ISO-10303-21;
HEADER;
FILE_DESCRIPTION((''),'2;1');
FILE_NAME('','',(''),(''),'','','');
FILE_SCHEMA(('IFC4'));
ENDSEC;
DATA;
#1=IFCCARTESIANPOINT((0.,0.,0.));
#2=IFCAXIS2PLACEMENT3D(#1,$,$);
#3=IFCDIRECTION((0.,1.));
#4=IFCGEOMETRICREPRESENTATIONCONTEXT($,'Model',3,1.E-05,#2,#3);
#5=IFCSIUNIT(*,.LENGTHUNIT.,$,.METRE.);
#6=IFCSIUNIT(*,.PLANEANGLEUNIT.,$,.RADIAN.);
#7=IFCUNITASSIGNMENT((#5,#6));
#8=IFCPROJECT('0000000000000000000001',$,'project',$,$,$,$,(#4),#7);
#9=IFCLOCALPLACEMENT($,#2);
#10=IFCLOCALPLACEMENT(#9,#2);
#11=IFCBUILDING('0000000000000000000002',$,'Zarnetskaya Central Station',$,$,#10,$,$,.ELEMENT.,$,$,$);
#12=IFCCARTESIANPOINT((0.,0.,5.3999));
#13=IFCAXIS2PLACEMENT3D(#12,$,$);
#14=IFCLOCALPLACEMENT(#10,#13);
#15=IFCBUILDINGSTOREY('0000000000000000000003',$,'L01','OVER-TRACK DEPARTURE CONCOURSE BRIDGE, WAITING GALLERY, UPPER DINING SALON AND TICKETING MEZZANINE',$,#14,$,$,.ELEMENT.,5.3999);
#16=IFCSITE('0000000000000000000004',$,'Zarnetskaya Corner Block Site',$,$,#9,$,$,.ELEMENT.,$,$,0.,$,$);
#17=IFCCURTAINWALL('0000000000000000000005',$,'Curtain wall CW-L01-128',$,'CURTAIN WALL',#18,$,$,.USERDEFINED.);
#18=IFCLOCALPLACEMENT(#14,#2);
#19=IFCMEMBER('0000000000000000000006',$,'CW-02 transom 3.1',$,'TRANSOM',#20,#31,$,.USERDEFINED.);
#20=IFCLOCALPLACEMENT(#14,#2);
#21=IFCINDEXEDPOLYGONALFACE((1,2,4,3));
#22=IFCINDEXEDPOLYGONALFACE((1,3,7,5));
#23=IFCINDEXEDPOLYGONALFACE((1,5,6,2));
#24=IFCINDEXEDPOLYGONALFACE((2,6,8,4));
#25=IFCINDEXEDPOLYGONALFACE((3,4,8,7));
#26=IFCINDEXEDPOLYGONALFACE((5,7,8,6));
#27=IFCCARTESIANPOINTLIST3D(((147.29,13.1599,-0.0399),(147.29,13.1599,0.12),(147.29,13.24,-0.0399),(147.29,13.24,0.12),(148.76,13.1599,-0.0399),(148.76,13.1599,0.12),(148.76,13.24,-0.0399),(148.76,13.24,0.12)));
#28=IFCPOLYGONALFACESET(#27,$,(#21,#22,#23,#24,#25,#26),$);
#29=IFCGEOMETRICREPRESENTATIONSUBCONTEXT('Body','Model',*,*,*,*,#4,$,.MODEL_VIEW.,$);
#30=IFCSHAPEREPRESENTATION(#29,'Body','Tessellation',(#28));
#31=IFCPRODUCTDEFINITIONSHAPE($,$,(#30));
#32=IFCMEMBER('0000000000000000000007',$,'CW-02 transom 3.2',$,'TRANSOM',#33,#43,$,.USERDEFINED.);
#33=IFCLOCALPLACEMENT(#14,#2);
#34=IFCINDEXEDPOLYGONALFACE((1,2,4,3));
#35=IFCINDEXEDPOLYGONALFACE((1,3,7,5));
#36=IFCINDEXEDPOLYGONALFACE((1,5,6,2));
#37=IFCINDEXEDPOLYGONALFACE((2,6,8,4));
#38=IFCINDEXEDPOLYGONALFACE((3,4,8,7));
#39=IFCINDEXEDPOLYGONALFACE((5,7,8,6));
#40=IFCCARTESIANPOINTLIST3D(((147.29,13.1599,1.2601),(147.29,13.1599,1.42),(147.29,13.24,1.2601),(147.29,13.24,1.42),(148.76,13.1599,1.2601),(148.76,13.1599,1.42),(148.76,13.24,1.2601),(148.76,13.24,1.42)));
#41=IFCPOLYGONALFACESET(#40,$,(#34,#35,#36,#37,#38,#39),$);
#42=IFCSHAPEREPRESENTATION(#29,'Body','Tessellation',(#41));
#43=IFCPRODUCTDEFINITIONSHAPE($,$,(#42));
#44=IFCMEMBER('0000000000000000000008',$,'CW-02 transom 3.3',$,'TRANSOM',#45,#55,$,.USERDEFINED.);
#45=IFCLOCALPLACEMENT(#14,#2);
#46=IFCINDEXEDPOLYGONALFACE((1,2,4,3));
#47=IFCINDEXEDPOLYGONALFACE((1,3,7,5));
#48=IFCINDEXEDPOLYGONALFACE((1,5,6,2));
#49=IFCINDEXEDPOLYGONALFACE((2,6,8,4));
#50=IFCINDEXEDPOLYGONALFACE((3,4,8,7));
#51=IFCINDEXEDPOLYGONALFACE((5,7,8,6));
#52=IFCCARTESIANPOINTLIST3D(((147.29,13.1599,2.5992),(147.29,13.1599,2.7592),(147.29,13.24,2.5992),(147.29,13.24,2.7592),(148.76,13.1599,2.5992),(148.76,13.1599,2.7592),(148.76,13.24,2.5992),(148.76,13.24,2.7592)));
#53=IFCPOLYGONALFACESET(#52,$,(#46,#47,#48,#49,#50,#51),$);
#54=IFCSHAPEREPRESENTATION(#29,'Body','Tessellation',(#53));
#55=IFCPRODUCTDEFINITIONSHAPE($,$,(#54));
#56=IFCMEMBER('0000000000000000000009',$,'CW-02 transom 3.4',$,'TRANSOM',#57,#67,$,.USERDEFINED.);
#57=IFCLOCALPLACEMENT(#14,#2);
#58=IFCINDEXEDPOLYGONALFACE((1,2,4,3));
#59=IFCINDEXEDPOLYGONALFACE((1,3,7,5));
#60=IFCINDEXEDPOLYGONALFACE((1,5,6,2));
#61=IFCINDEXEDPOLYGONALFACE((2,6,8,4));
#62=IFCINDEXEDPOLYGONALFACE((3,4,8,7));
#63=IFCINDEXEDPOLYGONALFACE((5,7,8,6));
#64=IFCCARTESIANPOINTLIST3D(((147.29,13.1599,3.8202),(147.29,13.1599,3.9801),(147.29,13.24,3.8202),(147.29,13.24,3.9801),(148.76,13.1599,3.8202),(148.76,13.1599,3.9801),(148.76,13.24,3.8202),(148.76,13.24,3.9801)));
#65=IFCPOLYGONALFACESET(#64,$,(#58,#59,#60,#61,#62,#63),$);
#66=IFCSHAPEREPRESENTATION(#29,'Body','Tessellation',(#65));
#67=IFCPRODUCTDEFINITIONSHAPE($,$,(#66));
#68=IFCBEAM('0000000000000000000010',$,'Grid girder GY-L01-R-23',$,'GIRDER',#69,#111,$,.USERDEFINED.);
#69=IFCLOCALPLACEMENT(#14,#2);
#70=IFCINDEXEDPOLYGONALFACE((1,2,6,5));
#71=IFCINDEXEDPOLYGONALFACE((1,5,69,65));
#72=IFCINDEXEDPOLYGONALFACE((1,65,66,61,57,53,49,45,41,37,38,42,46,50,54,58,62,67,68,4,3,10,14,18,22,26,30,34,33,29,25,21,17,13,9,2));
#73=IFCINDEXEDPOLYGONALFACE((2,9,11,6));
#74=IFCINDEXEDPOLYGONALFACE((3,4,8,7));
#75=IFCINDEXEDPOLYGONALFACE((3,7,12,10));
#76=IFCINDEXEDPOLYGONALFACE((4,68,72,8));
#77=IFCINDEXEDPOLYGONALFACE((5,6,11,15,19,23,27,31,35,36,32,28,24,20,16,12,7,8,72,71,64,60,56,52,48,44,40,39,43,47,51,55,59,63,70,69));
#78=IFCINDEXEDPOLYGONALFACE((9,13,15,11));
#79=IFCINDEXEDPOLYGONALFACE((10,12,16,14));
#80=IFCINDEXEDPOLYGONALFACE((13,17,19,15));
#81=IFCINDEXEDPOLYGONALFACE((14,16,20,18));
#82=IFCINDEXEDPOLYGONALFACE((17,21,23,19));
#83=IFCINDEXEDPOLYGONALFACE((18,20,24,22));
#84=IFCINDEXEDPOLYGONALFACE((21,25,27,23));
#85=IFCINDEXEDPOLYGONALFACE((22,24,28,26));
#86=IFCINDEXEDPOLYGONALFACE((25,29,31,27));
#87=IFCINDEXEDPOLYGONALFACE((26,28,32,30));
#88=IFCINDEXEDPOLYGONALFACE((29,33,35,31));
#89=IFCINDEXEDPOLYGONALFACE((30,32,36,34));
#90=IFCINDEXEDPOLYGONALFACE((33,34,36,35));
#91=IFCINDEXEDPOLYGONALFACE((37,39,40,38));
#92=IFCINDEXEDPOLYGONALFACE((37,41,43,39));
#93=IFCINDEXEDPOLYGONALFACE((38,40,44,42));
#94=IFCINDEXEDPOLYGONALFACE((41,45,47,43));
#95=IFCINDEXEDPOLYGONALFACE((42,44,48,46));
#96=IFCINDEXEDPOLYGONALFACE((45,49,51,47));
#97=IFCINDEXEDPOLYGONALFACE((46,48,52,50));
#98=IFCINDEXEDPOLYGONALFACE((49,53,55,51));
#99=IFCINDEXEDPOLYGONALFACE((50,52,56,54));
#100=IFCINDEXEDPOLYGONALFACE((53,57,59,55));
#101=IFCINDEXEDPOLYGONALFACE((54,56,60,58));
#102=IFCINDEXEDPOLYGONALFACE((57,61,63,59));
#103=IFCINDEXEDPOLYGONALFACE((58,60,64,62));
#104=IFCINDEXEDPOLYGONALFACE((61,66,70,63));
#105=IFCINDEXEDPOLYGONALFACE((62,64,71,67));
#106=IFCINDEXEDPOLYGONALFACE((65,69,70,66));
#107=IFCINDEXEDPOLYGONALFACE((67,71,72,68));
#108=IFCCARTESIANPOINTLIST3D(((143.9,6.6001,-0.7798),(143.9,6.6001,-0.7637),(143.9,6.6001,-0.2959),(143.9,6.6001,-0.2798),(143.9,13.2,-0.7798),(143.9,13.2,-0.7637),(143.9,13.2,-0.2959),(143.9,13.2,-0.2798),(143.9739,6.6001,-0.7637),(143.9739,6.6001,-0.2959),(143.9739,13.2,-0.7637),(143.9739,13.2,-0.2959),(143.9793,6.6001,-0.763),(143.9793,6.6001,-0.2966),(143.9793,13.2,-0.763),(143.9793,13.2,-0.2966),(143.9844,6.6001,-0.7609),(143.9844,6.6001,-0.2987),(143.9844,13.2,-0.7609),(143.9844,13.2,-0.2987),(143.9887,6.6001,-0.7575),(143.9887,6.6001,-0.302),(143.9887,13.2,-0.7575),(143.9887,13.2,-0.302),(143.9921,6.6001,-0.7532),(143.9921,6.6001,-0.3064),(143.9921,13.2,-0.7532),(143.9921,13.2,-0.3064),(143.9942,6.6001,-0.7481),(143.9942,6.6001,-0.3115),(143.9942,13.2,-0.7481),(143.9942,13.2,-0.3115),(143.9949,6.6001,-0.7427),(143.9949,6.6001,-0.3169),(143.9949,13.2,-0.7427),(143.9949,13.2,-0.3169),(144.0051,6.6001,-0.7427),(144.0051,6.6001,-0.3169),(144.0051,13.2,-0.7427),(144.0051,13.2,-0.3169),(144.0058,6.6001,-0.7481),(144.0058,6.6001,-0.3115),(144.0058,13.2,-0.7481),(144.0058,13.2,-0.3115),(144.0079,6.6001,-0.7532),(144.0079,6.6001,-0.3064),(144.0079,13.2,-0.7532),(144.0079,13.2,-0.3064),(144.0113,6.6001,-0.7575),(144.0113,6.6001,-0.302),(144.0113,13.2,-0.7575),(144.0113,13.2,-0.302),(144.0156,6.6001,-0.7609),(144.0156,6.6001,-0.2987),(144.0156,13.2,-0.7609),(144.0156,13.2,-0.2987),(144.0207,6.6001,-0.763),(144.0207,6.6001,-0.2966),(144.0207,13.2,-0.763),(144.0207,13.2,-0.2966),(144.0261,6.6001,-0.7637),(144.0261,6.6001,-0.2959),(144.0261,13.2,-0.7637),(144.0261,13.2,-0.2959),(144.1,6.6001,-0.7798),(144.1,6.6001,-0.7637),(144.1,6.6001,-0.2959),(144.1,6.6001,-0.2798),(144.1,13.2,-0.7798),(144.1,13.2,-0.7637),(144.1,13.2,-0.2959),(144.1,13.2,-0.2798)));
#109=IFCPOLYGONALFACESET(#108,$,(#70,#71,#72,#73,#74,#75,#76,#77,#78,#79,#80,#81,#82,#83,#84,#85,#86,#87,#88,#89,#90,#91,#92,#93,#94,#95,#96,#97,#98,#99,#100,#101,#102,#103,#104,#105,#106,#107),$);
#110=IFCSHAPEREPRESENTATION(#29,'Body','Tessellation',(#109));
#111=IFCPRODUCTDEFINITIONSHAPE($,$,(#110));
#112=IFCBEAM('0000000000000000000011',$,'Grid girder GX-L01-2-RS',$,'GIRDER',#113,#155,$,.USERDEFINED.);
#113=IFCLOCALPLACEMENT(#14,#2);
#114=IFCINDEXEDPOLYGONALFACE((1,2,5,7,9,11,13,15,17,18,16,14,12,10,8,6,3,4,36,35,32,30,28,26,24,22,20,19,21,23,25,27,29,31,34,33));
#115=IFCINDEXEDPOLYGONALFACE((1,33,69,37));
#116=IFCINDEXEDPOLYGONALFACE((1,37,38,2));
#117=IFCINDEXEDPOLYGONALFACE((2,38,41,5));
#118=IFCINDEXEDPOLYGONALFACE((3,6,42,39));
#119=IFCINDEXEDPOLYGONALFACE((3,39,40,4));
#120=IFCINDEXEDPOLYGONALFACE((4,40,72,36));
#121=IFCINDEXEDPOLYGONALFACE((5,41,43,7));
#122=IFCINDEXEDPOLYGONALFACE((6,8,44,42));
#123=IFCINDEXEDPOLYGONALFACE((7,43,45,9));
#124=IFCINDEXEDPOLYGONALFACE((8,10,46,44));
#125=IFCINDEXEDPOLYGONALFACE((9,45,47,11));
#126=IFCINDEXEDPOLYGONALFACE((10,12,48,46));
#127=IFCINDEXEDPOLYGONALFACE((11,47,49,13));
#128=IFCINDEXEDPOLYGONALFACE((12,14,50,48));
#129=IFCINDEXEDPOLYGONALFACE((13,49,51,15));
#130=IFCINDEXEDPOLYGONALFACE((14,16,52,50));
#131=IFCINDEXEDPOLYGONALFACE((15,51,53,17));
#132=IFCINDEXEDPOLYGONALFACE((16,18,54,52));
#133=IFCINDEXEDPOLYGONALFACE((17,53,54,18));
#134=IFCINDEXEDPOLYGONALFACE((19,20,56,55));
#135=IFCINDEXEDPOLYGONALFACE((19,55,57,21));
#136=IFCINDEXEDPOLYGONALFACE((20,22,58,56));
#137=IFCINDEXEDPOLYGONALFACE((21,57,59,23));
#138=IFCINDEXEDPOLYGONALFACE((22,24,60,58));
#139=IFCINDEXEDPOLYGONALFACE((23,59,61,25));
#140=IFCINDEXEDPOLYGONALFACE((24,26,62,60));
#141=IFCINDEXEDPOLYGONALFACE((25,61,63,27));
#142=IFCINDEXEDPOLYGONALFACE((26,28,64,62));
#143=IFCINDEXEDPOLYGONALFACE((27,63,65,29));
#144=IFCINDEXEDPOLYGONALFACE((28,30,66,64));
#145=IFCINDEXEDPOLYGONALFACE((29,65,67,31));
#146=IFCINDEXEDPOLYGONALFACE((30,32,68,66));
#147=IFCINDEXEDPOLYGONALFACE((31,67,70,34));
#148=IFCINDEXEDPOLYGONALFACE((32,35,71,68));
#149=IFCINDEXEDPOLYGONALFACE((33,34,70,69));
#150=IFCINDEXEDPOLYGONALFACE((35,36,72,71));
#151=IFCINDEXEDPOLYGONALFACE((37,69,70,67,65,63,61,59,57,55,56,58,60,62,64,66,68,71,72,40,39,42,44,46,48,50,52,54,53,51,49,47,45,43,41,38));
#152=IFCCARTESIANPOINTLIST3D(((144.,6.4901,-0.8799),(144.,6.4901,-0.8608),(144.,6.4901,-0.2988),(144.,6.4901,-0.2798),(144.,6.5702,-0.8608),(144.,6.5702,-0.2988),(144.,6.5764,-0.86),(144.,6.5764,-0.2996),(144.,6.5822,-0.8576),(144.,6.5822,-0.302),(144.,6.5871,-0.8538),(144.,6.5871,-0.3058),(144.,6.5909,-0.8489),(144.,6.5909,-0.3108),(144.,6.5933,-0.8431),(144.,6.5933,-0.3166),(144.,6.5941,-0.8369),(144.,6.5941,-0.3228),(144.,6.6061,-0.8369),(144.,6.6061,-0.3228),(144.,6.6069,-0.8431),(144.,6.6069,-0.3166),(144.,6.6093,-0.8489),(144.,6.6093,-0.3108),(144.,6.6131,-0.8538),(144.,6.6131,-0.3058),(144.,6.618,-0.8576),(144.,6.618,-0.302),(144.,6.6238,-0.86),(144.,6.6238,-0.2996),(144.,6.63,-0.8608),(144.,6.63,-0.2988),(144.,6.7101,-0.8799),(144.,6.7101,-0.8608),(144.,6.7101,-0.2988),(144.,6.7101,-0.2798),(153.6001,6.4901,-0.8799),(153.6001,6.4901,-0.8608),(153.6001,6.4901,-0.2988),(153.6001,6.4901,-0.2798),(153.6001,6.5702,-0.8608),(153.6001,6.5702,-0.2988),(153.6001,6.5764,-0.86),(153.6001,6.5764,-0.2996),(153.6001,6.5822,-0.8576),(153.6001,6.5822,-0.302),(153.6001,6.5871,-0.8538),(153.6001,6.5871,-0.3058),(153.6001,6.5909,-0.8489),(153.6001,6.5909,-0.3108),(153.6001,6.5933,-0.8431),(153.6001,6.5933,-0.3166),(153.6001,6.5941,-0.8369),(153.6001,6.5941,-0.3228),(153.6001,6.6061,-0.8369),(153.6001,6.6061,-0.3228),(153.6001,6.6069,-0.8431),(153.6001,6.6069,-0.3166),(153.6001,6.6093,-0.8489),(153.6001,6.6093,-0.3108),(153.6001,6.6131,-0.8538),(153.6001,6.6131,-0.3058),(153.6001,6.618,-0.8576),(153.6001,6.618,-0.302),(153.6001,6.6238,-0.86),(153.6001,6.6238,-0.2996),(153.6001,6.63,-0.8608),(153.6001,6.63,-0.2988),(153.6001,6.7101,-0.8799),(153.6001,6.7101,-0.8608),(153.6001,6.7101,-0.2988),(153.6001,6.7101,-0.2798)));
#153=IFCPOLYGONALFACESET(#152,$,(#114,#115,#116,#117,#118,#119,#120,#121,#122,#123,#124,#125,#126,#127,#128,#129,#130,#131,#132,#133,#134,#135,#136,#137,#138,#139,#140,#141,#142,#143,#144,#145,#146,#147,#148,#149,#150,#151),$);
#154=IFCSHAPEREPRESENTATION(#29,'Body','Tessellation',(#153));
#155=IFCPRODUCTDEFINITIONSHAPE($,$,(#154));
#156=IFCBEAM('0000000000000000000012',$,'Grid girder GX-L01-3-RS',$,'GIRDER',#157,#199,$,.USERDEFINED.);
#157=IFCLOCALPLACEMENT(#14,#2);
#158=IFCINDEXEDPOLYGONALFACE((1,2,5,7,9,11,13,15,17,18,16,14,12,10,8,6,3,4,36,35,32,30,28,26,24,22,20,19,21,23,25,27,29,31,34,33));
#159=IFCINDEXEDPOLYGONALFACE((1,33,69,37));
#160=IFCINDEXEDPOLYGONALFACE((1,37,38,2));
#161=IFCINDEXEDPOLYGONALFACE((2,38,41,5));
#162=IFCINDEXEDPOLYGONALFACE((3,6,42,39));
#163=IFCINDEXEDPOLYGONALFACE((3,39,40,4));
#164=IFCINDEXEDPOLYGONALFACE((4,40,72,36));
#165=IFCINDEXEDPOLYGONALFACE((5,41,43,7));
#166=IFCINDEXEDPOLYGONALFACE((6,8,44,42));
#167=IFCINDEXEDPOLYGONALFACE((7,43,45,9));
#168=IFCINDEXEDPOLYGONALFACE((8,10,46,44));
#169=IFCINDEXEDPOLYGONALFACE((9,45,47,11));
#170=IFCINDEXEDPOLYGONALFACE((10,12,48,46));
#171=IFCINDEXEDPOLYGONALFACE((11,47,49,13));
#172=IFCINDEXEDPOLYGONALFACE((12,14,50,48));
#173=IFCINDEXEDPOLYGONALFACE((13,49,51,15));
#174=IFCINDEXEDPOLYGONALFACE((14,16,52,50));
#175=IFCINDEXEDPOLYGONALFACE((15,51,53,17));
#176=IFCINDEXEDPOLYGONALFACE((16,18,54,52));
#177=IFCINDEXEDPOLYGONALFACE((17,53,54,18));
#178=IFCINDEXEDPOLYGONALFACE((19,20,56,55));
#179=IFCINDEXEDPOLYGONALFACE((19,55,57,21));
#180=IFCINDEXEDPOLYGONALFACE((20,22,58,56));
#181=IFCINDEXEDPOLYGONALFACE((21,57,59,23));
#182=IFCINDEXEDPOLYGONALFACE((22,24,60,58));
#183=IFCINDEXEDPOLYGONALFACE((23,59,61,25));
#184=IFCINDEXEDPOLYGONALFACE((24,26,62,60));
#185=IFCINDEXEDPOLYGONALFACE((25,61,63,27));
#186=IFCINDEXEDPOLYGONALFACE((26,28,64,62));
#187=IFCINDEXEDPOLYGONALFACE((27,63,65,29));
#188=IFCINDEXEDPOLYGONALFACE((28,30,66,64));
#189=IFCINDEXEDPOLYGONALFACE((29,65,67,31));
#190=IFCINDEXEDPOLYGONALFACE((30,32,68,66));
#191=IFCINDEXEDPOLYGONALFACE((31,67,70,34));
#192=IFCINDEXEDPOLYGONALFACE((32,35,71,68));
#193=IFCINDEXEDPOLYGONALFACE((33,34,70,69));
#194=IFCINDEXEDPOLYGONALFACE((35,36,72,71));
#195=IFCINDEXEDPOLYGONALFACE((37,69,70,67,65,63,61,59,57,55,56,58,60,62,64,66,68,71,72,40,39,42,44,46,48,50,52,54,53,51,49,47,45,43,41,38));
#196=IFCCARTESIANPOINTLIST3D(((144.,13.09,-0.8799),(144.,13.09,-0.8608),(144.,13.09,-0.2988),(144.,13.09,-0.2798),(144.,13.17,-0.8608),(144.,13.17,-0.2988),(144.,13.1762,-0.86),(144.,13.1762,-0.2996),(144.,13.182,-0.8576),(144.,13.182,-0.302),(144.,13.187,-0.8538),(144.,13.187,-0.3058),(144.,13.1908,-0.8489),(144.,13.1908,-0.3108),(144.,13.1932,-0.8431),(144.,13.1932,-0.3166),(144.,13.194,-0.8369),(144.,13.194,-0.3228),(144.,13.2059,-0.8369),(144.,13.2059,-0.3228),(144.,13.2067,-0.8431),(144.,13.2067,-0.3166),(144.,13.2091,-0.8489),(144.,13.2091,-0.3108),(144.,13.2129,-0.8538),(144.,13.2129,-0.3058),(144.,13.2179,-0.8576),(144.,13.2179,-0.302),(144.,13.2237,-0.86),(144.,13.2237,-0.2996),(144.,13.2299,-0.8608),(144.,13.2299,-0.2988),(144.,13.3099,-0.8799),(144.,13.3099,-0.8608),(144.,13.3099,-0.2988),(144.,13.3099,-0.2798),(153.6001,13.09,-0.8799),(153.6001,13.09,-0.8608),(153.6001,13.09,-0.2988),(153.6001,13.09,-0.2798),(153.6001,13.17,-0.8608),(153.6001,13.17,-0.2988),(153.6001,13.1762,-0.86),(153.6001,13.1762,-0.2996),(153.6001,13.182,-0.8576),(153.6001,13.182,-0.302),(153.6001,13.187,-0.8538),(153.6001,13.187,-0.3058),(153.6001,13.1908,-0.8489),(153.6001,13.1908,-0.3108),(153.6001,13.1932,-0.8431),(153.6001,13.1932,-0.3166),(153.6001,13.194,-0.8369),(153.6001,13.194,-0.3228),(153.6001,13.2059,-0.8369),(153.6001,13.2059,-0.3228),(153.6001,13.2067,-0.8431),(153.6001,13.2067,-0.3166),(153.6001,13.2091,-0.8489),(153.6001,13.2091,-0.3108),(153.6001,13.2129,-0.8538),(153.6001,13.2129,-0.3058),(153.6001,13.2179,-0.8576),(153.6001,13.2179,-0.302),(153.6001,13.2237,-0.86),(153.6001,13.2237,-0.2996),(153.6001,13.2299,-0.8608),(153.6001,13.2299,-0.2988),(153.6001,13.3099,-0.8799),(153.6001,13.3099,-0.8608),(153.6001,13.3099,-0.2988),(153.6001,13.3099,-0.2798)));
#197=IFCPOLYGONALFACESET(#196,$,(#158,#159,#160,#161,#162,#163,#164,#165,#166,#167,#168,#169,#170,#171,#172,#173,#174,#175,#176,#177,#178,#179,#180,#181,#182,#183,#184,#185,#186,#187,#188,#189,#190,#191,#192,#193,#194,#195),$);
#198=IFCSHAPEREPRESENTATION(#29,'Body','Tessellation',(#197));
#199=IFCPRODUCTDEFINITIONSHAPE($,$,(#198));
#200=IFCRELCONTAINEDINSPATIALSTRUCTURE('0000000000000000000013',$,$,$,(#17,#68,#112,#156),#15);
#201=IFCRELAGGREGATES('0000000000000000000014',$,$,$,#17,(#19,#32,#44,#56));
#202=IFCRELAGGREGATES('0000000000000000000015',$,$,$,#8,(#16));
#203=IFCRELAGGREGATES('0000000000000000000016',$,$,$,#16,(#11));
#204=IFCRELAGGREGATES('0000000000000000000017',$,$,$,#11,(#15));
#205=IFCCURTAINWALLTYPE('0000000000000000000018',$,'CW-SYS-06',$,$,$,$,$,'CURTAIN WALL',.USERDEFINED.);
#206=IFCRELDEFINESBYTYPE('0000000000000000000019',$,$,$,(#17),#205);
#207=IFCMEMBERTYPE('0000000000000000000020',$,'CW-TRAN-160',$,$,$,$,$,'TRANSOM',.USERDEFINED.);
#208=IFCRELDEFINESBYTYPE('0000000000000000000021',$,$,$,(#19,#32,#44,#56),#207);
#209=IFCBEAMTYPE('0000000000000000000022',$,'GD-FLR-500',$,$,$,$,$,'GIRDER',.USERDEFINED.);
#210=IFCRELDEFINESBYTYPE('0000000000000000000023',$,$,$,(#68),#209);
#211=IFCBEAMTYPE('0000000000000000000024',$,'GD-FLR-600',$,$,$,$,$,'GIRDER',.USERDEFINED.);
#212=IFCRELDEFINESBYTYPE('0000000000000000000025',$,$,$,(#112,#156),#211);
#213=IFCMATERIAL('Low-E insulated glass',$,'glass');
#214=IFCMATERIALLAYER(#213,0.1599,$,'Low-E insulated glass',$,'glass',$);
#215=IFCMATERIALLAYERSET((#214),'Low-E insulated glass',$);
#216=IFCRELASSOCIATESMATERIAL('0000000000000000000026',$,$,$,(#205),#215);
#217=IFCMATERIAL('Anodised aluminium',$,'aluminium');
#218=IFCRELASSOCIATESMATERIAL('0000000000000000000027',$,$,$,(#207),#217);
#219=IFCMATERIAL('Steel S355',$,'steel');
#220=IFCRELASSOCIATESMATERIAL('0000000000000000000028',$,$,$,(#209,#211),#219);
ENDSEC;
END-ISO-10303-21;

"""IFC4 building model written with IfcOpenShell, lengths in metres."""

from ifc_helpers import new_model, si_unit, direction, frame, origin, origin_2d, place, context, subcontext, project, spatial, rectangle, i_section, extrude, material, layer, layer_set, material_profile, profile_set, type_object, element, aggregate, save


model = new_model("IFC4")

# Units and contexts
model_context = context("Model", 3, precision=1e-05, world=origin(), true_north=direction((0.0, 1.0)))
body_context = subcontext(model_context, "Body", "Model", "MODEL_VIEW")
ifc_project = project(units=[si_unit("LENGTHUNIT", "METRE"), si_unit("PLANEANGLEUNIT", "RADIAN")], contexts=[model_context])

# Site, building, storey
site_placement = place(None, origin())
site = spatial("IfcSite", under=ifc_project, at=site_placement, Name="Zarnetskaya Corner Block Site", CompositionType="ELEMENT", RefElevation=0.0)
building_placement = place(site_placement, origin())
building = spatial("IfcBuilding", under=site, at=building_placement, Name="Zarnetskaya Central Station", CompositionType="ELEMENT")
storey_placement = place(building_placement, frame((0.0, 0.0, 5.3999)))
storey = spatial("IfcBuildingStorey", under=building, at=storey_placement, Name="L01", Description="OVER-TRACK DEPARTURE CONCOURSE BRIDGE, WAITING GALLERY, UPPER DINING SALON AND TICKETING MEZZANINE", CompositionType="ELEMENT", Elevation=5.3999)

# Shared definitions
ifc_material_1 = material(Name="Steel S355", Category="steel")

# Curtain wall
ifc_material_2 = material(Name="Low-E insulated glass", Category="glass")
ifc_layer_1 = layer(ifc_material_2, 0.1599, Name="Low-E insulated glass", Category="glass")
ifc_layer_set_1 = layer_set([ifc_layer_1], Name="Low-E insulated glass")
curtain_wall_type = type_object("IfcCurtainWallType", Name="CW-SYS-06", ElementType="CURTAIN WALL", PredefinedType="USERDEFINED", material=ifc_layer_set_1)
ifc_material_3 = material(Name="Anodised aluminium", Category="aluminium")
curtain_wall_1_placement = place(storey_placement, origin())
curtain_wall_1 = element("IfcCurtainWall", 1, at=curtain_wall_1_placement, inside=storey, type_object=curtain_wall_type, Name="Curtain wall CW-L01-128", ObjectType="CURTAIN WALL", PredefinedType="USERDEFINED")

# Members
ifc_material_profile_1 = material_profile(ifc_material_3, rectangle(XDim=0.0801, YDim=0.1599, at=origin_2d()), Name="ALU TRAN 80x160")
ifc_profile_set_1 = profile_set([ifc_material_profile_1], Name="Anodised aluminium")
member_type_1 = type_object("IfcMemberType", Name="CW-TRAN-160", ElementType="TRANSOM", PredefinedType="USERDEFINED", material=ifc_profile_set_1)
member_1_placement = place(storey_placement, frame((147.29, 13.2, 0.04), z_axis=(1.0, 0.0, 0.0), x_axis=(0.0, 1.0, 0.0)))
member_1 = element("IfcMember", 2, at=member_1_placement, type_object=member_type_1, Name="CW-02 transom 3.1", ObjectType="TRANSOM", PredefinedType="USERDEFINED", context=body_context, shape_type="SweptSolid", body=[
    extrude(rectangle(XDim=0.0801, YDim=0.1599, at=origin_2d()), origin(), (0.0, 0.0, 1.0), 1.47),
])
member_2_placement = place(storey_placement, frame((147.29, 13.2, 1.3401), z_axis=(1.0, 0.0, 0.0), x_axis=(0.0, 1.0, 0.0)))
member_2 = element("IfcMember", 3, at=member_2_placement, type_object=member_type_1, Name="CW-02 transom 3.2", ObjectType="TRANSOM", PredefinedType="USERDEFINED", context=body_context, shape_type="SweptSolid", body=[
    extrude(rectangle(XDim=0.0801, YDim=0.1599, at=origin_2d()), origin(), (0.0, 0.0, 1.0), 1.47),
])
member_3_placement = place(storey_placement, frame((147.29, 13.2, 2.6792), z_axis=(1.0, 0.0, 0.0), x_axis=(0.0, 1.0, 0.0)))
member_3 = element("IfcMember", 4, at=member_3_placement, type_object=member_type_1, Name="CW-02 transom 3.3", ObjectType="TRANSOM", PredefinedType="USERDEFINED", context=body_context, shape_type="SweptSolid", body=[
    extrude(rectangle(XDim=0.0801, YDim=0.1599, at=origin_2d()), origin(), (0.0, 0.0, 1.0), 1.47),
])
member_4_placement = place(storey_placement, frame((147.29, 13.2, 3.9001), z_axis=(1.0, 0.0, 0.0), x_axis=(0.0, 1.0, 0.0)))
member_4 = element("IfcMember", 5, at=member_4_placement, type_object=member_type_1, Name="CW-02 transom 3.4", ObjectType="TRANSOM", PredefinedType="USERDEFINED", context=body_context, shape_type="SweptSolid", body=[
    extrude(rectangle(XDim=0.0801, YDim=0.1599, at=origin_2d()), origin(), (0.0, 0.0, 1.0), 1.47),
])

# Beams
ifc_material_profile_2 = material_profile(ifc_material_1, i_section(OverallWidth=0.2, OverallDepth=0.5, WebThickness=0.0103, FlangeThickness=0.0161, FilletRadius=0.021, at=origin_2d()), Name="IPE 500")
ifc_profile_set_2 = profile_set([ifc_material_profile_2], Name="Steel S355")
beam_type_1 = type_object("IfcBeamType", Name="GD-FLR-500", ElementType="GIRDER", PredefinedType="USERDEFINED", material=ifc_profile_set_2)
beam_placement = place(storey_placement, frame((144.0, 6.6001, -0.5298), z_axis=(0.0, 1.0, 0.0), x_axis=(-1.0, 0.0, 0.0)))
element("IfcBeam", 6, at=beam_placement, inside=storey, type_object=beam_type_1, Name="Grid girder GY-L01-R-23", ObjectType="GIRDER", PredefinedType="USERDEFINED", context=body_context, shape_type="SweptSolid", body=[
    extrude(i_section(OverallWidth=0.2, OverallDepth=0.5, WebThickness=0.0103, FlangeThickness=0.0161, FilletRadius=0.021, at=origin_2d()), origin(), (0.0, 0.0, 1.0), 6.5999),
])
ifc_material_profile_3 = material_profile(ifc_material_1, i_section(OverallWidth=0.22, OverallDepth=0.6001, WebThickness=0.012, FlangeThickness=0.019, FilletRadius=0.0239, at=origin_2d()), Name="IPE 600")
ifc_profile_set_3 = profile_set([ifc_material_profile_3], Name="Steel S355")
beam_type_2 = type_object("IfcBeamType", Name="GD-FLR-600", ElementType="GIRDER", PredefinedType="USERDEFINED", material=ifc_profile_set_3)
for number, where, z_axis, x_axis, name in (
    (7, (144.0, 6.6001, -0.5798), (1.0, 0.0, 0.0), (0.0, 1.0, 0.0), "Grid girder GX-L01-2-RS"),
    (8, (144.0, 13.2, -0.5798), (1.0, 0.0, 0.0), (0.0, 1.0, 0.0), "Grid girder GX-L01-3-RS"),
):
    element("IfcBeam", number, at=place(storey_placement, frame(where, z_axis=z_axis, x_axis=x_axis)), inside=storey, type_object=beam_type_2, Name=name, ObjectType="GIRDER", PredefinedType="USERDEFINED", context=body_context, shape_type="SweptSolid", body=[
        extrude(i_section(OverallWidth=0.22, OverallDepth=0.6001, WebThickness=0.012, FlangeThickness=0.019, FilletRadius=0.0239, at=origin_2d()), origin(), (0.0, 0.0, 1.0), 9.6001),
    ])

aggregate(curtain_wall_1, [member_1, member_2, member_3, member_4])

save(model, "model.ifc")
